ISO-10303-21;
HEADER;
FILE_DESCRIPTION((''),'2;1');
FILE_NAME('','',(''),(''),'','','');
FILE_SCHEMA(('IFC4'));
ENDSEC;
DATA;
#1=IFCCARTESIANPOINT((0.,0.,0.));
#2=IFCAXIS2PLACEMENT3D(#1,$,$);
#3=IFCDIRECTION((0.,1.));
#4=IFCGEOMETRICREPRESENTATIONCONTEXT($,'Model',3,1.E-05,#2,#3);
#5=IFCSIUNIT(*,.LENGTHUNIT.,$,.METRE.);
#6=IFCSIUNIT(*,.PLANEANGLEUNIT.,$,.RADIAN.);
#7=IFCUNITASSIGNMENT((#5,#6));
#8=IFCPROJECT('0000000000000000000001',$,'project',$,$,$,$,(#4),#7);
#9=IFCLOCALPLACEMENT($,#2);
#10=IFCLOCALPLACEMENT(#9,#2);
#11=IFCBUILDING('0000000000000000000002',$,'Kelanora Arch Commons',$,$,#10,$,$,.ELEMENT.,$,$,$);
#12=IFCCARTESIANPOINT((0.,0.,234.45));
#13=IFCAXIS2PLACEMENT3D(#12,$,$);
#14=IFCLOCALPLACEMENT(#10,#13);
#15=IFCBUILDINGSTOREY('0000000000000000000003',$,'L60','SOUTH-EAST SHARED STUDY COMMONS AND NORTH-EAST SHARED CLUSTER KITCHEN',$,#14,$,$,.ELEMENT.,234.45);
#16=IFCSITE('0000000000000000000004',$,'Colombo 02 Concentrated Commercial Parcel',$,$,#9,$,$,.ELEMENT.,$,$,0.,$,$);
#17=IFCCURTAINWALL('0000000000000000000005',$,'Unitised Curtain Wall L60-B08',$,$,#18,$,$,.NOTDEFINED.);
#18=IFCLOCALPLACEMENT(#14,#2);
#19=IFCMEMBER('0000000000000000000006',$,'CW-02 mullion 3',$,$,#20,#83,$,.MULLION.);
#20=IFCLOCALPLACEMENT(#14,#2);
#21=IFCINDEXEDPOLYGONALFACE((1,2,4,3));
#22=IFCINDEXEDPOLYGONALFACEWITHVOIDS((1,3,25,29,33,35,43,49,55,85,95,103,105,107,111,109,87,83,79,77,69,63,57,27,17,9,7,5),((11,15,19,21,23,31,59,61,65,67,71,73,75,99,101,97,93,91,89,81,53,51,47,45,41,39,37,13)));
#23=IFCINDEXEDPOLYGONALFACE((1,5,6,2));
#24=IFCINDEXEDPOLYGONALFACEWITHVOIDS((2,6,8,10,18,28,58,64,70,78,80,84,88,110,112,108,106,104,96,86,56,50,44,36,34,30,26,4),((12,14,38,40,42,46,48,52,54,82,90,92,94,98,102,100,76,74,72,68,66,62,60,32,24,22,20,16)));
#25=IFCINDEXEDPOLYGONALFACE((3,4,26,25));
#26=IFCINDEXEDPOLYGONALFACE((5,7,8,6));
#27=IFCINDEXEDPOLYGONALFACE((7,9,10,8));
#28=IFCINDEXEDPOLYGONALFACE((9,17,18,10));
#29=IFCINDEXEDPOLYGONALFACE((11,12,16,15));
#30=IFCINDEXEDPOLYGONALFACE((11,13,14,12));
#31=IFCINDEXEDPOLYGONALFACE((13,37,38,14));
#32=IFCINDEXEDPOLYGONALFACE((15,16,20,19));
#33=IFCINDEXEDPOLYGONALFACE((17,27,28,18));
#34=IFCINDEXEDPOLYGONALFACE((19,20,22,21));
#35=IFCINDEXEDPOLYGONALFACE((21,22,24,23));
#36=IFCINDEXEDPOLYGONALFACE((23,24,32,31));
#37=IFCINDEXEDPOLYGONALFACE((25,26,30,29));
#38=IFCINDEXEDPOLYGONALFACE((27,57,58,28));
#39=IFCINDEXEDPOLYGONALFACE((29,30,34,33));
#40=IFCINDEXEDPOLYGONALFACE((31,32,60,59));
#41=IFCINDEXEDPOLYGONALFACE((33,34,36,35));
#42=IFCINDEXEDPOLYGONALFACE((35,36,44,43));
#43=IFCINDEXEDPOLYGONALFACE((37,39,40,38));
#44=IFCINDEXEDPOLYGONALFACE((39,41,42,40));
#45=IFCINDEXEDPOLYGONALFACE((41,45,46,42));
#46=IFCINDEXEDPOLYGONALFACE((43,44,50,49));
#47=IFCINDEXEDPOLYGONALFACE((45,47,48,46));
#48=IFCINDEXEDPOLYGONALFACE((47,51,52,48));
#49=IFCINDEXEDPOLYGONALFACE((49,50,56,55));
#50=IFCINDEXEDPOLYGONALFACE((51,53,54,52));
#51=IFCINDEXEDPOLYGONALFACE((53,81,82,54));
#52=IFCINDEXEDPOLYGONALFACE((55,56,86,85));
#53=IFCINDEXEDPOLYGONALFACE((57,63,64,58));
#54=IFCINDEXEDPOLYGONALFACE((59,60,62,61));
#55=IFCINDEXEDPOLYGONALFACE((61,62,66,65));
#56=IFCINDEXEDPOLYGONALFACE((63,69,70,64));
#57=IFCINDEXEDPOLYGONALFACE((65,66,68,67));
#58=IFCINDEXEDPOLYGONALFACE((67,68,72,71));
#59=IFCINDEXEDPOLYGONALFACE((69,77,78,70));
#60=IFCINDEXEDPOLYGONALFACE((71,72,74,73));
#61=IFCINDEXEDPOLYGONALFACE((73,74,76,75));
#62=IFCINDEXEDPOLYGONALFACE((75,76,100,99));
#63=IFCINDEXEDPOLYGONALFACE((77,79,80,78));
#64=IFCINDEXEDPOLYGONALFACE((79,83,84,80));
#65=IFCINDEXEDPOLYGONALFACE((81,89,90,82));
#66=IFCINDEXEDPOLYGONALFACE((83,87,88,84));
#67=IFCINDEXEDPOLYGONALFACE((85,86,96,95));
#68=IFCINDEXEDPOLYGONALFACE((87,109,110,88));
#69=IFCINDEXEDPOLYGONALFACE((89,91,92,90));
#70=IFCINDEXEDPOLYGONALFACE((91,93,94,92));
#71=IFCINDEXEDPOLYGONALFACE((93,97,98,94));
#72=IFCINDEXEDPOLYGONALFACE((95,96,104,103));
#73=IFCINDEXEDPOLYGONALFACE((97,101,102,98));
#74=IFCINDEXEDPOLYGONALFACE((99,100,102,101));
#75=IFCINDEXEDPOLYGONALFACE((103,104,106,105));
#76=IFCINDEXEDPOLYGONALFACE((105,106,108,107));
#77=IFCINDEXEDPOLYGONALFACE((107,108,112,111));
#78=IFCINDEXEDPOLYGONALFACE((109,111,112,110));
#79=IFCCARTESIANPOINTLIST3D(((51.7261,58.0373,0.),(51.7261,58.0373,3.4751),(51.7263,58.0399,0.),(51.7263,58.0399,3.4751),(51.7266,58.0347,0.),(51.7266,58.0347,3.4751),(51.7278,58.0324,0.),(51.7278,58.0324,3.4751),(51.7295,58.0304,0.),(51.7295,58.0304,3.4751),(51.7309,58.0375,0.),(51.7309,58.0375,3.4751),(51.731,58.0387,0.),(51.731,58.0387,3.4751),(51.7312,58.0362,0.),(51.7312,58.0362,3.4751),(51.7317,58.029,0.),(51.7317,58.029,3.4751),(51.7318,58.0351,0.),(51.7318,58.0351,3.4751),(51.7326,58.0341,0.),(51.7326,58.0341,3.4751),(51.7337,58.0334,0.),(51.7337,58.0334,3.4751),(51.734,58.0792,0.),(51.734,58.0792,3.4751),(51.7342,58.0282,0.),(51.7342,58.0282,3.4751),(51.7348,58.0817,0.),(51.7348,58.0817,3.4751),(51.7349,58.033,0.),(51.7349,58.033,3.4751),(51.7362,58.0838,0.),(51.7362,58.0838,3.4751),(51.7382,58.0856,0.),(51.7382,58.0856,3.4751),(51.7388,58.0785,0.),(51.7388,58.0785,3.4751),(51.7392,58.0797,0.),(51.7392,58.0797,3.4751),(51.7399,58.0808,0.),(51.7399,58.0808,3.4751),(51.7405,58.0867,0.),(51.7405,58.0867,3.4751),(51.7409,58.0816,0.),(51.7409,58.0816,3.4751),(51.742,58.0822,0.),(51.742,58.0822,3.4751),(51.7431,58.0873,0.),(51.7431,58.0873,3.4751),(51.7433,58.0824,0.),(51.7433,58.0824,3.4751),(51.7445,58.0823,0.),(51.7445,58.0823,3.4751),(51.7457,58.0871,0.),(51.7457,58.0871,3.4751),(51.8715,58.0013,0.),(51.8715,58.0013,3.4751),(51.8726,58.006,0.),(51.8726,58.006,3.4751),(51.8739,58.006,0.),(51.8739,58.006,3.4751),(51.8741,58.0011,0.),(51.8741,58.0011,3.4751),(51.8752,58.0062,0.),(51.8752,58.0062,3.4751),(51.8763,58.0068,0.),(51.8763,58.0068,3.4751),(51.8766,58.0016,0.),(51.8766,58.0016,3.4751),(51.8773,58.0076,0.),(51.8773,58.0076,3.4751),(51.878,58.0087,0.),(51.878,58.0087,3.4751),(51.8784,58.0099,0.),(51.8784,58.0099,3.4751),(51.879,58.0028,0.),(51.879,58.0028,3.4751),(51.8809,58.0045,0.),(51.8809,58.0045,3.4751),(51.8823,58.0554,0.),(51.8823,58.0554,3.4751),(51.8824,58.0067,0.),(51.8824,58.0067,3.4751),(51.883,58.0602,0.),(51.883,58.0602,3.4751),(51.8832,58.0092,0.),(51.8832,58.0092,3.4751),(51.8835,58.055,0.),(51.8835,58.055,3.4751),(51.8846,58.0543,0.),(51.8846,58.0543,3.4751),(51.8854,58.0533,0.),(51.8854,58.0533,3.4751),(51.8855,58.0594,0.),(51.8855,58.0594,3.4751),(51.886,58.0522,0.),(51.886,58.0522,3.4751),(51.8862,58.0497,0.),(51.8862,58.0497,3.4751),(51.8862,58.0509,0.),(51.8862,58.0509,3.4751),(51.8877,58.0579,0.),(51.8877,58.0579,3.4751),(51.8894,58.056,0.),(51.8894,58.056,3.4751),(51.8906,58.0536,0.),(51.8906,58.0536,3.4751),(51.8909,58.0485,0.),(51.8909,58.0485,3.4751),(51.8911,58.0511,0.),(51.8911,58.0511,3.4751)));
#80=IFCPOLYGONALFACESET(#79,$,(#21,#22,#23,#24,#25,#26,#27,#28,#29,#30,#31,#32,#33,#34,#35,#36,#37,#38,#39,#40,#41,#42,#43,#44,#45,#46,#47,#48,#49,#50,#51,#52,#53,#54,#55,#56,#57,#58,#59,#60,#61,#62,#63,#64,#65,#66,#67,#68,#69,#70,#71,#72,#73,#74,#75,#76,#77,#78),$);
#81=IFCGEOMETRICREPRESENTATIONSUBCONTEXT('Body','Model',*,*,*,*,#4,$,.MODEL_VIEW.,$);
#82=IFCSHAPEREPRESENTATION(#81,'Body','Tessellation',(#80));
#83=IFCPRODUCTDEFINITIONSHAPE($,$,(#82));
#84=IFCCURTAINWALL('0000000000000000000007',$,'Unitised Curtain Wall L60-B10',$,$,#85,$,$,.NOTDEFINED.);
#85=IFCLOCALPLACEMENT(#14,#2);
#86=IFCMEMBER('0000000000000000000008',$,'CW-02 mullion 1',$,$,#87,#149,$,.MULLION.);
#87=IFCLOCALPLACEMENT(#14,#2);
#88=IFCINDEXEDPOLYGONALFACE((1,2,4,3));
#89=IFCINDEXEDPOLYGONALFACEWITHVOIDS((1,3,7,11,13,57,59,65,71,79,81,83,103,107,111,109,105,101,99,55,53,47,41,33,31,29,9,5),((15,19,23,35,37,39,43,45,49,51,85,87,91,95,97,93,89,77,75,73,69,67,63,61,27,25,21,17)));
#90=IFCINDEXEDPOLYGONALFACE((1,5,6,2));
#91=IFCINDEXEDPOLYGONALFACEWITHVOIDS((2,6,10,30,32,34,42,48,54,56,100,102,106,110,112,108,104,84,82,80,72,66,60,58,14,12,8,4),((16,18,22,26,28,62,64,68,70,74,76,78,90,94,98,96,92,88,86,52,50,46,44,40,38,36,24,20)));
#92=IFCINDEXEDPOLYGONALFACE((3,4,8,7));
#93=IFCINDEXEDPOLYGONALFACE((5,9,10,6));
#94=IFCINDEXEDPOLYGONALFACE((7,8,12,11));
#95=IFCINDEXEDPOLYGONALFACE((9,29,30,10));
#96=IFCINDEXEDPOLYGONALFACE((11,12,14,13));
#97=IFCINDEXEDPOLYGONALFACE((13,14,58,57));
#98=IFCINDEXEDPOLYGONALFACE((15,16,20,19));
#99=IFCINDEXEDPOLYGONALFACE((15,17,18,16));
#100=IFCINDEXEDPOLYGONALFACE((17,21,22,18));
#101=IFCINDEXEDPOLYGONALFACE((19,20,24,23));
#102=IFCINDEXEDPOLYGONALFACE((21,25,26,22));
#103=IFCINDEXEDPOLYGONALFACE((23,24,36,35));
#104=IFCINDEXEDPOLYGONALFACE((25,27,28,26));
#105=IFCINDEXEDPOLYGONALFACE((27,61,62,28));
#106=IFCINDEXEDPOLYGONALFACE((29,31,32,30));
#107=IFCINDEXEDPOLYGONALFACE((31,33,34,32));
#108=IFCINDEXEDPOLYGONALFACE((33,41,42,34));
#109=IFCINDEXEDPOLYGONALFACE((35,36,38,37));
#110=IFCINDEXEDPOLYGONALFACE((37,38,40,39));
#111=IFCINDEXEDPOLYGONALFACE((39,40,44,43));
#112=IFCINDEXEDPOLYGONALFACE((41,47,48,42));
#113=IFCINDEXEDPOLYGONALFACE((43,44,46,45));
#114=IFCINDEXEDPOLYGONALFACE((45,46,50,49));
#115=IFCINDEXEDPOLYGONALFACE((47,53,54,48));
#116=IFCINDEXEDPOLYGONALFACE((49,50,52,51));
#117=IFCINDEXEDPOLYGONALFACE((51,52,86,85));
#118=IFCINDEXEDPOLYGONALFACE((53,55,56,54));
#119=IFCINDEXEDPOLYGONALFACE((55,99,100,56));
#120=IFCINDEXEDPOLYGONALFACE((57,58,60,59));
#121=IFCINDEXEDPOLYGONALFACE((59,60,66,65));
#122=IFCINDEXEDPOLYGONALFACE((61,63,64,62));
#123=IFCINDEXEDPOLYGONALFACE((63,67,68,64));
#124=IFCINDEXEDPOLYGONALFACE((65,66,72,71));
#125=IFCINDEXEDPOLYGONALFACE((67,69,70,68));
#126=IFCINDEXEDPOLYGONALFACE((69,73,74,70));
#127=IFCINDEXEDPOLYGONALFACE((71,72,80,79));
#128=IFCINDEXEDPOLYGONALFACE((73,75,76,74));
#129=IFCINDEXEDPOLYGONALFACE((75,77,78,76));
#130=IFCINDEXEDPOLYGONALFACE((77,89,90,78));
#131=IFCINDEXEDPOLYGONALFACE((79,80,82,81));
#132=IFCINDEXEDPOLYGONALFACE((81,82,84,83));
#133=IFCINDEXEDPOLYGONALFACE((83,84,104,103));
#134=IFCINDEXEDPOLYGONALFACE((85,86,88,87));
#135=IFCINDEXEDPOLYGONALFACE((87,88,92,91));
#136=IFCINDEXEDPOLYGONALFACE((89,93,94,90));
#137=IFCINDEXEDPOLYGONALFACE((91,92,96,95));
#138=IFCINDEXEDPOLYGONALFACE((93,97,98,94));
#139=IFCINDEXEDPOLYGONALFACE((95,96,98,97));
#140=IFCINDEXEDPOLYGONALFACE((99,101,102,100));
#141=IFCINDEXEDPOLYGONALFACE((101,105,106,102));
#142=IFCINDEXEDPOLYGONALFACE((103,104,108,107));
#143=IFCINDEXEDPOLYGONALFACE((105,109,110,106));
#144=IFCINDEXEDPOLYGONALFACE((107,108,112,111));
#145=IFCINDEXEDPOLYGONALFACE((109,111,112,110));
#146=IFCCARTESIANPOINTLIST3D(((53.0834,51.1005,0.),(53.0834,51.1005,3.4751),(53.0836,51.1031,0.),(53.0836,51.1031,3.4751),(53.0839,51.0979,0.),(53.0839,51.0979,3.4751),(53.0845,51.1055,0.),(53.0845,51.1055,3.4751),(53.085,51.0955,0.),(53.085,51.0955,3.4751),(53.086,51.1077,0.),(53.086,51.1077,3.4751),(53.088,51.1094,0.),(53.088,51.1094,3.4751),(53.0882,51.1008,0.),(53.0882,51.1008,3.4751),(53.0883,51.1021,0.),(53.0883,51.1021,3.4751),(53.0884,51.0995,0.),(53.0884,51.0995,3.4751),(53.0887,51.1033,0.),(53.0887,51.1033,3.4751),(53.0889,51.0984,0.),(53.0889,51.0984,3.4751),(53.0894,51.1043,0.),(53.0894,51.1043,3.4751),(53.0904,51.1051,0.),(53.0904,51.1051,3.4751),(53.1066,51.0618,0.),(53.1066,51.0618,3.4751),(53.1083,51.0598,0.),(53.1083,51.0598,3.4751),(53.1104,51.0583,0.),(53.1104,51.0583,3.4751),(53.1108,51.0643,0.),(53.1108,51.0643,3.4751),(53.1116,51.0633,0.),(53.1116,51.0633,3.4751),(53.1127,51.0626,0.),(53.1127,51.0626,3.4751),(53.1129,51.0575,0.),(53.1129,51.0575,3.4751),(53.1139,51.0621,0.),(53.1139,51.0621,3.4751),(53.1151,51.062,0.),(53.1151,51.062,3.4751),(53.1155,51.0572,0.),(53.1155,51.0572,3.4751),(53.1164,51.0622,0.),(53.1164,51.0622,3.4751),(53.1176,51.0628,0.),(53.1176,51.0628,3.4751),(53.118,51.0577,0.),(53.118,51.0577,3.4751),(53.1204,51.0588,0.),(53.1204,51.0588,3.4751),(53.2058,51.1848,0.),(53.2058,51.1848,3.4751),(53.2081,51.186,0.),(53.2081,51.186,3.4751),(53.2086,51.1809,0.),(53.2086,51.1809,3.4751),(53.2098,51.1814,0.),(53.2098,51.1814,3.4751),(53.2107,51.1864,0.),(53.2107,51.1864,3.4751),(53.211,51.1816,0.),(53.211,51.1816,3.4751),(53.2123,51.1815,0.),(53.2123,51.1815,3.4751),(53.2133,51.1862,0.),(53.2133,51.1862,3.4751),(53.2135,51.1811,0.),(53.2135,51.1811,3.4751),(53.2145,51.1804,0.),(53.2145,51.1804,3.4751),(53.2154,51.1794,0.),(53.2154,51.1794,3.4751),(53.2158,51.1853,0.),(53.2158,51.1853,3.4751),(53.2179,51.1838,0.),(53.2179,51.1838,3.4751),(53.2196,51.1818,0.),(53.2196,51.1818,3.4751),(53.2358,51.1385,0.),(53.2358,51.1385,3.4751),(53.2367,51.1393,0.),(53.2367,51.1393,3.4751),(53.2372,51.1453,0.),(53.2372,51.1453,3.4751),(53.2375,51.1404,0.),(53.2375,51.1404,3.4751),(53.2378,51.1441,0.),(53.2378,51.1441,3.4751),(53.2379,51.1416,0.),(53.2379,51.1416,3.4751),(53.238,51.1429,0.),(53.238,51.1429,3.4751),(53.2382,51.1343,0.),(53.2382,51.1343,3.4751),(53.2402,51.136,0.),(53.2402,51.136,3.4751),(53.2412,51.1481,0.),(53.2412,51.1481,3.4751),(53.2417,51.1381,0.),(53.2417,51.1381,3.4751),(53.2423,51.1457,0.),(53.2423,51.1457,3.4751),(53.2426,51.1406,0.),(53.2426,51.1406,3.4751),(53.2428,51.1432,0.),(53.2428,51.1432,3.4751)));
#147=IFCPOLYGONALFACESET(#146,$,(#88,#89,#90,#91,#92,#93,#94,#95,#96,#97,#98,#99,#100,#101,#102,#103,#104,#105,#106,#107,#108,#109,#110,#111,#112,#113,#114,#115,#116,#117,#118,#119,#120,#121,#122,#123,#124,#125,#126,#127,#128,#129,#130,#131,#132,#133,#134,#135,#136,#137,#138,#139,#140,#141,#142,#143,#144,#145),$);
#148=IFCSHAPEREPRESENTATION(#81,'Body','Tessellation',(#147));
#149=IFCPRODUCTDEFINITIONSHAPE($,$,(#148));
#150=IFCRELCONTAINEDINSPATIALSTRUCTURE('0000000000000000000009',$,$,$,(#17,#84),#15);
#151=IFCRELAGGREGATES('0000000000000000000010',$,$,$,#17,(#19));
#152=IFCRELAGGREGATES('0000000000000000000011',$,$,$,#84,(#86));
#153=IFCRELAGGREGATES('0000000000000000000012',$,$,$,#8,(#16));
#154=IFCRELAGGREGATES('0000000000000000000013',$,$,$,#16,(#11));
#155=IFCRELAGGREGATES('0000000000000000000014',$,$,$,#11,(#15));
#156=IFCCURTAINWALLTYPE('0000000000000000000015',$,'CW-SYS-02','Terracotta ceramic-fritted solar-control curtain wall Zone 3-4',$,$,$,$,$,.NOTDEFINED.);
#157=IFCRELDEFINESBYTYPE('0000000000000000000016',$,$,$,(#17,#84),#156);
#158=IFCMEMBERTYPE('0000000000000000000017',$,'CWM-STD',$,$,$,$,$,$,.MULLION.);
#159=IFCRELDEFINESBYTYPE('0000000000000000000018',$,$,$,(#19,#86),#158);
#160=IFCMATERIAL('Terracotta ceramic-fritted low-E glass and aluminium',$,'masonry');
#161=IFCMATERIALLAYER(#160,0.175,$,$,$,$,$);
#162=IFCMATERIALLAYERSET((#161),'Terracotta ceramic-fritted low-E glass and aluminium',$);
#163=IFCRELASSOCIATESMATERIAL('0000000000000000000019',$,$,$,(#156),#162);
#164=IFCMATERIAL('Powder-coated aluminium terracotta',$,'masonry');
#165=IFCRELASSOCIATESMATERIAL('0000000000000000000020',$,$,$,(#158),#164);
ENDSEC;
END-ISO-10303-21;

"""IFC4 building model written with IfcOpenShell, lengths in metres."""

from ifc_helpers import new_model, si_unit, direction, frame, origin, origin_2d, place, context, subcontext, project, spatial, hollow_rectangle, extrude, material, layer, layer_set, material_profile, profile_set, type_object, element, aggregate, save


model = new_model("IFC4")

# Units and contexts
model_context = context("Model", 3, precision=1e-05, world=origin(), true_north=direction((0.0, 1.0)))
body_context = subcontext(model_context, "Body", "Model", "MODEL_VIEW")
ifc_project = project(units=[si_unit("LENGTHUNIT", "METRE"), si_unit("PLANEANGLEUNIT", "RADIAN")], contexts=[model_context])

# Site, building, storey
site_placement = place(None, origin())
site = spatial("IfcSite", under=ifc_project, at=site_placement, Name="Colombo 02 Concentrated Commercial Parcel", CompositionType="ELEMENT", RefElevation=0.0)
building_placement = place(site_placement, origin())
building = spatial("IfcBuilding", under=site, at=building_placement, Name="Kelanora Arch Commons", CompositionType="ELEMENT")
storey_placement = place(building_placement, frame((0.0, 0.0, 234.45)))
storey = spatial("IfcBuildingStorey", under=building, at=storey_placement, Name="L60", Description="SOUTH-EAST SHARED STUDY COMMONS AND NORTH-EAST SHARED CLUSTER KITCHEN", CompositionType="ELEMENT", Elevation=234.45)

# Curtain wall, member
ifc_material_1 = material(Name="Terracotta ceramic-fritted low-E glass and aluminium", Category="masonry")
ifc_layer_1 = layer(ifc_material_1, 0.175)
ifc_layer_set_1 = layer_set([ifc_layer_1], Name="Terracotta ceramic-fritted low-E glass and aluminium")
curtain_wall_type = type_object("IfcCurtainWallType", Name="CW-SYS-02", Description="Terracotta ceramic-fritted solar-control curtain wall Zone 3-4", PredefinedType="NOTDEFINED", material=ifc_layer_set_1)
curtain_wall_1_placement = place(storey_placement, origin())
curtain_wall_1 = element("IfcCurtainWall", 1, at=curtain_wall_1_placement, inside=storey, type_object=curtain_wall_type, Name="Unitised Curtain Wall L60-B08", PredefinedType="NOTDEFINED")
ifc_material_2 = material(Name="Powder-coated aluminium terracotta", Category="masonry")
ifc_material_profile_1 = material_profile(ifc_material_2, hollow_rectangle(XDim=0.1599, YDim=0.0601, WallThickness=0.0049, InnerFilletRadius=0.0049, OuterFilletRadius=0.01, at=origin_2d()), Name="CWM160x60")
ifc_profile_set_1 = profile_set([ifc_material_profile_1], Name="Powder-coated aluminium terracotta")
member_type_1 = type_object("IfcMemberType", Name="CWM-STD", PredefinedType="MULLION", material=ifc_profile_set_1)
member_1_placement = place(storey_placement, frame((51.8086, 58.0442, 0.0), z_axis=(0.0, 0.0, 1.0), x_axis=(0.981381, -0.192069, 0.0)))
member_1 = element("IfcMember", 2, at=member_1_placement, type_object=member_type_1, Name="CW-02 mullion 3", PredefinedType="MULLION", context=body_context, shape_type="SweptSolid", body=[
    extrude(hollow_rectangle(XDim=0.1599, YDim=0.0601, WallThickness=0.0049, InnerFilletRadius=0.0049, OuterFilletRadius=0.01, at=origin_2d()), origin(), (0.0, 0.0, 1.0), 3.4751),
])
aggregate(curtain_wall_1, [member_1])

# Curtain wall, member
curtain_wall_2_placement = place(storey_placement, origin())
curtain_wall_2 = element("IfcCurtainWall", 3, at=curtain_wall_2_placement, inside=storey, type_object=curtain_wall_type, Name="Unitised Curtain Wall L60-B10", PredefinedType="NOTDEFINED")
member_2_placement = place(storey_placement, frame((53.1631, 51.1218, 0.0), z_axis=(0.0, 0.0, 1.0), x_axis=(0.841948, 0.539559, 0.0)))
member_2 = element("IfcMember", 4, at=member_2_placement, type_object=member_type_1, Name="CW-02 mullion 1", PredefinedType="MULLION", context=body_context, shape_type="SweptSolid", body=[
    extrude(hollow_rectangle(XDim=0.1599, YDim=0.0601, WallThickness=0.0049, InnerFilletRadius=0.0049, OuterFilletRadius=0.01, at=origin_2d()), origin(), (0.0, 0.0, 1.0), 3.4751),
])

aggregate(curtain_wall_2, [member_2])

save(model, "model.ifc")
